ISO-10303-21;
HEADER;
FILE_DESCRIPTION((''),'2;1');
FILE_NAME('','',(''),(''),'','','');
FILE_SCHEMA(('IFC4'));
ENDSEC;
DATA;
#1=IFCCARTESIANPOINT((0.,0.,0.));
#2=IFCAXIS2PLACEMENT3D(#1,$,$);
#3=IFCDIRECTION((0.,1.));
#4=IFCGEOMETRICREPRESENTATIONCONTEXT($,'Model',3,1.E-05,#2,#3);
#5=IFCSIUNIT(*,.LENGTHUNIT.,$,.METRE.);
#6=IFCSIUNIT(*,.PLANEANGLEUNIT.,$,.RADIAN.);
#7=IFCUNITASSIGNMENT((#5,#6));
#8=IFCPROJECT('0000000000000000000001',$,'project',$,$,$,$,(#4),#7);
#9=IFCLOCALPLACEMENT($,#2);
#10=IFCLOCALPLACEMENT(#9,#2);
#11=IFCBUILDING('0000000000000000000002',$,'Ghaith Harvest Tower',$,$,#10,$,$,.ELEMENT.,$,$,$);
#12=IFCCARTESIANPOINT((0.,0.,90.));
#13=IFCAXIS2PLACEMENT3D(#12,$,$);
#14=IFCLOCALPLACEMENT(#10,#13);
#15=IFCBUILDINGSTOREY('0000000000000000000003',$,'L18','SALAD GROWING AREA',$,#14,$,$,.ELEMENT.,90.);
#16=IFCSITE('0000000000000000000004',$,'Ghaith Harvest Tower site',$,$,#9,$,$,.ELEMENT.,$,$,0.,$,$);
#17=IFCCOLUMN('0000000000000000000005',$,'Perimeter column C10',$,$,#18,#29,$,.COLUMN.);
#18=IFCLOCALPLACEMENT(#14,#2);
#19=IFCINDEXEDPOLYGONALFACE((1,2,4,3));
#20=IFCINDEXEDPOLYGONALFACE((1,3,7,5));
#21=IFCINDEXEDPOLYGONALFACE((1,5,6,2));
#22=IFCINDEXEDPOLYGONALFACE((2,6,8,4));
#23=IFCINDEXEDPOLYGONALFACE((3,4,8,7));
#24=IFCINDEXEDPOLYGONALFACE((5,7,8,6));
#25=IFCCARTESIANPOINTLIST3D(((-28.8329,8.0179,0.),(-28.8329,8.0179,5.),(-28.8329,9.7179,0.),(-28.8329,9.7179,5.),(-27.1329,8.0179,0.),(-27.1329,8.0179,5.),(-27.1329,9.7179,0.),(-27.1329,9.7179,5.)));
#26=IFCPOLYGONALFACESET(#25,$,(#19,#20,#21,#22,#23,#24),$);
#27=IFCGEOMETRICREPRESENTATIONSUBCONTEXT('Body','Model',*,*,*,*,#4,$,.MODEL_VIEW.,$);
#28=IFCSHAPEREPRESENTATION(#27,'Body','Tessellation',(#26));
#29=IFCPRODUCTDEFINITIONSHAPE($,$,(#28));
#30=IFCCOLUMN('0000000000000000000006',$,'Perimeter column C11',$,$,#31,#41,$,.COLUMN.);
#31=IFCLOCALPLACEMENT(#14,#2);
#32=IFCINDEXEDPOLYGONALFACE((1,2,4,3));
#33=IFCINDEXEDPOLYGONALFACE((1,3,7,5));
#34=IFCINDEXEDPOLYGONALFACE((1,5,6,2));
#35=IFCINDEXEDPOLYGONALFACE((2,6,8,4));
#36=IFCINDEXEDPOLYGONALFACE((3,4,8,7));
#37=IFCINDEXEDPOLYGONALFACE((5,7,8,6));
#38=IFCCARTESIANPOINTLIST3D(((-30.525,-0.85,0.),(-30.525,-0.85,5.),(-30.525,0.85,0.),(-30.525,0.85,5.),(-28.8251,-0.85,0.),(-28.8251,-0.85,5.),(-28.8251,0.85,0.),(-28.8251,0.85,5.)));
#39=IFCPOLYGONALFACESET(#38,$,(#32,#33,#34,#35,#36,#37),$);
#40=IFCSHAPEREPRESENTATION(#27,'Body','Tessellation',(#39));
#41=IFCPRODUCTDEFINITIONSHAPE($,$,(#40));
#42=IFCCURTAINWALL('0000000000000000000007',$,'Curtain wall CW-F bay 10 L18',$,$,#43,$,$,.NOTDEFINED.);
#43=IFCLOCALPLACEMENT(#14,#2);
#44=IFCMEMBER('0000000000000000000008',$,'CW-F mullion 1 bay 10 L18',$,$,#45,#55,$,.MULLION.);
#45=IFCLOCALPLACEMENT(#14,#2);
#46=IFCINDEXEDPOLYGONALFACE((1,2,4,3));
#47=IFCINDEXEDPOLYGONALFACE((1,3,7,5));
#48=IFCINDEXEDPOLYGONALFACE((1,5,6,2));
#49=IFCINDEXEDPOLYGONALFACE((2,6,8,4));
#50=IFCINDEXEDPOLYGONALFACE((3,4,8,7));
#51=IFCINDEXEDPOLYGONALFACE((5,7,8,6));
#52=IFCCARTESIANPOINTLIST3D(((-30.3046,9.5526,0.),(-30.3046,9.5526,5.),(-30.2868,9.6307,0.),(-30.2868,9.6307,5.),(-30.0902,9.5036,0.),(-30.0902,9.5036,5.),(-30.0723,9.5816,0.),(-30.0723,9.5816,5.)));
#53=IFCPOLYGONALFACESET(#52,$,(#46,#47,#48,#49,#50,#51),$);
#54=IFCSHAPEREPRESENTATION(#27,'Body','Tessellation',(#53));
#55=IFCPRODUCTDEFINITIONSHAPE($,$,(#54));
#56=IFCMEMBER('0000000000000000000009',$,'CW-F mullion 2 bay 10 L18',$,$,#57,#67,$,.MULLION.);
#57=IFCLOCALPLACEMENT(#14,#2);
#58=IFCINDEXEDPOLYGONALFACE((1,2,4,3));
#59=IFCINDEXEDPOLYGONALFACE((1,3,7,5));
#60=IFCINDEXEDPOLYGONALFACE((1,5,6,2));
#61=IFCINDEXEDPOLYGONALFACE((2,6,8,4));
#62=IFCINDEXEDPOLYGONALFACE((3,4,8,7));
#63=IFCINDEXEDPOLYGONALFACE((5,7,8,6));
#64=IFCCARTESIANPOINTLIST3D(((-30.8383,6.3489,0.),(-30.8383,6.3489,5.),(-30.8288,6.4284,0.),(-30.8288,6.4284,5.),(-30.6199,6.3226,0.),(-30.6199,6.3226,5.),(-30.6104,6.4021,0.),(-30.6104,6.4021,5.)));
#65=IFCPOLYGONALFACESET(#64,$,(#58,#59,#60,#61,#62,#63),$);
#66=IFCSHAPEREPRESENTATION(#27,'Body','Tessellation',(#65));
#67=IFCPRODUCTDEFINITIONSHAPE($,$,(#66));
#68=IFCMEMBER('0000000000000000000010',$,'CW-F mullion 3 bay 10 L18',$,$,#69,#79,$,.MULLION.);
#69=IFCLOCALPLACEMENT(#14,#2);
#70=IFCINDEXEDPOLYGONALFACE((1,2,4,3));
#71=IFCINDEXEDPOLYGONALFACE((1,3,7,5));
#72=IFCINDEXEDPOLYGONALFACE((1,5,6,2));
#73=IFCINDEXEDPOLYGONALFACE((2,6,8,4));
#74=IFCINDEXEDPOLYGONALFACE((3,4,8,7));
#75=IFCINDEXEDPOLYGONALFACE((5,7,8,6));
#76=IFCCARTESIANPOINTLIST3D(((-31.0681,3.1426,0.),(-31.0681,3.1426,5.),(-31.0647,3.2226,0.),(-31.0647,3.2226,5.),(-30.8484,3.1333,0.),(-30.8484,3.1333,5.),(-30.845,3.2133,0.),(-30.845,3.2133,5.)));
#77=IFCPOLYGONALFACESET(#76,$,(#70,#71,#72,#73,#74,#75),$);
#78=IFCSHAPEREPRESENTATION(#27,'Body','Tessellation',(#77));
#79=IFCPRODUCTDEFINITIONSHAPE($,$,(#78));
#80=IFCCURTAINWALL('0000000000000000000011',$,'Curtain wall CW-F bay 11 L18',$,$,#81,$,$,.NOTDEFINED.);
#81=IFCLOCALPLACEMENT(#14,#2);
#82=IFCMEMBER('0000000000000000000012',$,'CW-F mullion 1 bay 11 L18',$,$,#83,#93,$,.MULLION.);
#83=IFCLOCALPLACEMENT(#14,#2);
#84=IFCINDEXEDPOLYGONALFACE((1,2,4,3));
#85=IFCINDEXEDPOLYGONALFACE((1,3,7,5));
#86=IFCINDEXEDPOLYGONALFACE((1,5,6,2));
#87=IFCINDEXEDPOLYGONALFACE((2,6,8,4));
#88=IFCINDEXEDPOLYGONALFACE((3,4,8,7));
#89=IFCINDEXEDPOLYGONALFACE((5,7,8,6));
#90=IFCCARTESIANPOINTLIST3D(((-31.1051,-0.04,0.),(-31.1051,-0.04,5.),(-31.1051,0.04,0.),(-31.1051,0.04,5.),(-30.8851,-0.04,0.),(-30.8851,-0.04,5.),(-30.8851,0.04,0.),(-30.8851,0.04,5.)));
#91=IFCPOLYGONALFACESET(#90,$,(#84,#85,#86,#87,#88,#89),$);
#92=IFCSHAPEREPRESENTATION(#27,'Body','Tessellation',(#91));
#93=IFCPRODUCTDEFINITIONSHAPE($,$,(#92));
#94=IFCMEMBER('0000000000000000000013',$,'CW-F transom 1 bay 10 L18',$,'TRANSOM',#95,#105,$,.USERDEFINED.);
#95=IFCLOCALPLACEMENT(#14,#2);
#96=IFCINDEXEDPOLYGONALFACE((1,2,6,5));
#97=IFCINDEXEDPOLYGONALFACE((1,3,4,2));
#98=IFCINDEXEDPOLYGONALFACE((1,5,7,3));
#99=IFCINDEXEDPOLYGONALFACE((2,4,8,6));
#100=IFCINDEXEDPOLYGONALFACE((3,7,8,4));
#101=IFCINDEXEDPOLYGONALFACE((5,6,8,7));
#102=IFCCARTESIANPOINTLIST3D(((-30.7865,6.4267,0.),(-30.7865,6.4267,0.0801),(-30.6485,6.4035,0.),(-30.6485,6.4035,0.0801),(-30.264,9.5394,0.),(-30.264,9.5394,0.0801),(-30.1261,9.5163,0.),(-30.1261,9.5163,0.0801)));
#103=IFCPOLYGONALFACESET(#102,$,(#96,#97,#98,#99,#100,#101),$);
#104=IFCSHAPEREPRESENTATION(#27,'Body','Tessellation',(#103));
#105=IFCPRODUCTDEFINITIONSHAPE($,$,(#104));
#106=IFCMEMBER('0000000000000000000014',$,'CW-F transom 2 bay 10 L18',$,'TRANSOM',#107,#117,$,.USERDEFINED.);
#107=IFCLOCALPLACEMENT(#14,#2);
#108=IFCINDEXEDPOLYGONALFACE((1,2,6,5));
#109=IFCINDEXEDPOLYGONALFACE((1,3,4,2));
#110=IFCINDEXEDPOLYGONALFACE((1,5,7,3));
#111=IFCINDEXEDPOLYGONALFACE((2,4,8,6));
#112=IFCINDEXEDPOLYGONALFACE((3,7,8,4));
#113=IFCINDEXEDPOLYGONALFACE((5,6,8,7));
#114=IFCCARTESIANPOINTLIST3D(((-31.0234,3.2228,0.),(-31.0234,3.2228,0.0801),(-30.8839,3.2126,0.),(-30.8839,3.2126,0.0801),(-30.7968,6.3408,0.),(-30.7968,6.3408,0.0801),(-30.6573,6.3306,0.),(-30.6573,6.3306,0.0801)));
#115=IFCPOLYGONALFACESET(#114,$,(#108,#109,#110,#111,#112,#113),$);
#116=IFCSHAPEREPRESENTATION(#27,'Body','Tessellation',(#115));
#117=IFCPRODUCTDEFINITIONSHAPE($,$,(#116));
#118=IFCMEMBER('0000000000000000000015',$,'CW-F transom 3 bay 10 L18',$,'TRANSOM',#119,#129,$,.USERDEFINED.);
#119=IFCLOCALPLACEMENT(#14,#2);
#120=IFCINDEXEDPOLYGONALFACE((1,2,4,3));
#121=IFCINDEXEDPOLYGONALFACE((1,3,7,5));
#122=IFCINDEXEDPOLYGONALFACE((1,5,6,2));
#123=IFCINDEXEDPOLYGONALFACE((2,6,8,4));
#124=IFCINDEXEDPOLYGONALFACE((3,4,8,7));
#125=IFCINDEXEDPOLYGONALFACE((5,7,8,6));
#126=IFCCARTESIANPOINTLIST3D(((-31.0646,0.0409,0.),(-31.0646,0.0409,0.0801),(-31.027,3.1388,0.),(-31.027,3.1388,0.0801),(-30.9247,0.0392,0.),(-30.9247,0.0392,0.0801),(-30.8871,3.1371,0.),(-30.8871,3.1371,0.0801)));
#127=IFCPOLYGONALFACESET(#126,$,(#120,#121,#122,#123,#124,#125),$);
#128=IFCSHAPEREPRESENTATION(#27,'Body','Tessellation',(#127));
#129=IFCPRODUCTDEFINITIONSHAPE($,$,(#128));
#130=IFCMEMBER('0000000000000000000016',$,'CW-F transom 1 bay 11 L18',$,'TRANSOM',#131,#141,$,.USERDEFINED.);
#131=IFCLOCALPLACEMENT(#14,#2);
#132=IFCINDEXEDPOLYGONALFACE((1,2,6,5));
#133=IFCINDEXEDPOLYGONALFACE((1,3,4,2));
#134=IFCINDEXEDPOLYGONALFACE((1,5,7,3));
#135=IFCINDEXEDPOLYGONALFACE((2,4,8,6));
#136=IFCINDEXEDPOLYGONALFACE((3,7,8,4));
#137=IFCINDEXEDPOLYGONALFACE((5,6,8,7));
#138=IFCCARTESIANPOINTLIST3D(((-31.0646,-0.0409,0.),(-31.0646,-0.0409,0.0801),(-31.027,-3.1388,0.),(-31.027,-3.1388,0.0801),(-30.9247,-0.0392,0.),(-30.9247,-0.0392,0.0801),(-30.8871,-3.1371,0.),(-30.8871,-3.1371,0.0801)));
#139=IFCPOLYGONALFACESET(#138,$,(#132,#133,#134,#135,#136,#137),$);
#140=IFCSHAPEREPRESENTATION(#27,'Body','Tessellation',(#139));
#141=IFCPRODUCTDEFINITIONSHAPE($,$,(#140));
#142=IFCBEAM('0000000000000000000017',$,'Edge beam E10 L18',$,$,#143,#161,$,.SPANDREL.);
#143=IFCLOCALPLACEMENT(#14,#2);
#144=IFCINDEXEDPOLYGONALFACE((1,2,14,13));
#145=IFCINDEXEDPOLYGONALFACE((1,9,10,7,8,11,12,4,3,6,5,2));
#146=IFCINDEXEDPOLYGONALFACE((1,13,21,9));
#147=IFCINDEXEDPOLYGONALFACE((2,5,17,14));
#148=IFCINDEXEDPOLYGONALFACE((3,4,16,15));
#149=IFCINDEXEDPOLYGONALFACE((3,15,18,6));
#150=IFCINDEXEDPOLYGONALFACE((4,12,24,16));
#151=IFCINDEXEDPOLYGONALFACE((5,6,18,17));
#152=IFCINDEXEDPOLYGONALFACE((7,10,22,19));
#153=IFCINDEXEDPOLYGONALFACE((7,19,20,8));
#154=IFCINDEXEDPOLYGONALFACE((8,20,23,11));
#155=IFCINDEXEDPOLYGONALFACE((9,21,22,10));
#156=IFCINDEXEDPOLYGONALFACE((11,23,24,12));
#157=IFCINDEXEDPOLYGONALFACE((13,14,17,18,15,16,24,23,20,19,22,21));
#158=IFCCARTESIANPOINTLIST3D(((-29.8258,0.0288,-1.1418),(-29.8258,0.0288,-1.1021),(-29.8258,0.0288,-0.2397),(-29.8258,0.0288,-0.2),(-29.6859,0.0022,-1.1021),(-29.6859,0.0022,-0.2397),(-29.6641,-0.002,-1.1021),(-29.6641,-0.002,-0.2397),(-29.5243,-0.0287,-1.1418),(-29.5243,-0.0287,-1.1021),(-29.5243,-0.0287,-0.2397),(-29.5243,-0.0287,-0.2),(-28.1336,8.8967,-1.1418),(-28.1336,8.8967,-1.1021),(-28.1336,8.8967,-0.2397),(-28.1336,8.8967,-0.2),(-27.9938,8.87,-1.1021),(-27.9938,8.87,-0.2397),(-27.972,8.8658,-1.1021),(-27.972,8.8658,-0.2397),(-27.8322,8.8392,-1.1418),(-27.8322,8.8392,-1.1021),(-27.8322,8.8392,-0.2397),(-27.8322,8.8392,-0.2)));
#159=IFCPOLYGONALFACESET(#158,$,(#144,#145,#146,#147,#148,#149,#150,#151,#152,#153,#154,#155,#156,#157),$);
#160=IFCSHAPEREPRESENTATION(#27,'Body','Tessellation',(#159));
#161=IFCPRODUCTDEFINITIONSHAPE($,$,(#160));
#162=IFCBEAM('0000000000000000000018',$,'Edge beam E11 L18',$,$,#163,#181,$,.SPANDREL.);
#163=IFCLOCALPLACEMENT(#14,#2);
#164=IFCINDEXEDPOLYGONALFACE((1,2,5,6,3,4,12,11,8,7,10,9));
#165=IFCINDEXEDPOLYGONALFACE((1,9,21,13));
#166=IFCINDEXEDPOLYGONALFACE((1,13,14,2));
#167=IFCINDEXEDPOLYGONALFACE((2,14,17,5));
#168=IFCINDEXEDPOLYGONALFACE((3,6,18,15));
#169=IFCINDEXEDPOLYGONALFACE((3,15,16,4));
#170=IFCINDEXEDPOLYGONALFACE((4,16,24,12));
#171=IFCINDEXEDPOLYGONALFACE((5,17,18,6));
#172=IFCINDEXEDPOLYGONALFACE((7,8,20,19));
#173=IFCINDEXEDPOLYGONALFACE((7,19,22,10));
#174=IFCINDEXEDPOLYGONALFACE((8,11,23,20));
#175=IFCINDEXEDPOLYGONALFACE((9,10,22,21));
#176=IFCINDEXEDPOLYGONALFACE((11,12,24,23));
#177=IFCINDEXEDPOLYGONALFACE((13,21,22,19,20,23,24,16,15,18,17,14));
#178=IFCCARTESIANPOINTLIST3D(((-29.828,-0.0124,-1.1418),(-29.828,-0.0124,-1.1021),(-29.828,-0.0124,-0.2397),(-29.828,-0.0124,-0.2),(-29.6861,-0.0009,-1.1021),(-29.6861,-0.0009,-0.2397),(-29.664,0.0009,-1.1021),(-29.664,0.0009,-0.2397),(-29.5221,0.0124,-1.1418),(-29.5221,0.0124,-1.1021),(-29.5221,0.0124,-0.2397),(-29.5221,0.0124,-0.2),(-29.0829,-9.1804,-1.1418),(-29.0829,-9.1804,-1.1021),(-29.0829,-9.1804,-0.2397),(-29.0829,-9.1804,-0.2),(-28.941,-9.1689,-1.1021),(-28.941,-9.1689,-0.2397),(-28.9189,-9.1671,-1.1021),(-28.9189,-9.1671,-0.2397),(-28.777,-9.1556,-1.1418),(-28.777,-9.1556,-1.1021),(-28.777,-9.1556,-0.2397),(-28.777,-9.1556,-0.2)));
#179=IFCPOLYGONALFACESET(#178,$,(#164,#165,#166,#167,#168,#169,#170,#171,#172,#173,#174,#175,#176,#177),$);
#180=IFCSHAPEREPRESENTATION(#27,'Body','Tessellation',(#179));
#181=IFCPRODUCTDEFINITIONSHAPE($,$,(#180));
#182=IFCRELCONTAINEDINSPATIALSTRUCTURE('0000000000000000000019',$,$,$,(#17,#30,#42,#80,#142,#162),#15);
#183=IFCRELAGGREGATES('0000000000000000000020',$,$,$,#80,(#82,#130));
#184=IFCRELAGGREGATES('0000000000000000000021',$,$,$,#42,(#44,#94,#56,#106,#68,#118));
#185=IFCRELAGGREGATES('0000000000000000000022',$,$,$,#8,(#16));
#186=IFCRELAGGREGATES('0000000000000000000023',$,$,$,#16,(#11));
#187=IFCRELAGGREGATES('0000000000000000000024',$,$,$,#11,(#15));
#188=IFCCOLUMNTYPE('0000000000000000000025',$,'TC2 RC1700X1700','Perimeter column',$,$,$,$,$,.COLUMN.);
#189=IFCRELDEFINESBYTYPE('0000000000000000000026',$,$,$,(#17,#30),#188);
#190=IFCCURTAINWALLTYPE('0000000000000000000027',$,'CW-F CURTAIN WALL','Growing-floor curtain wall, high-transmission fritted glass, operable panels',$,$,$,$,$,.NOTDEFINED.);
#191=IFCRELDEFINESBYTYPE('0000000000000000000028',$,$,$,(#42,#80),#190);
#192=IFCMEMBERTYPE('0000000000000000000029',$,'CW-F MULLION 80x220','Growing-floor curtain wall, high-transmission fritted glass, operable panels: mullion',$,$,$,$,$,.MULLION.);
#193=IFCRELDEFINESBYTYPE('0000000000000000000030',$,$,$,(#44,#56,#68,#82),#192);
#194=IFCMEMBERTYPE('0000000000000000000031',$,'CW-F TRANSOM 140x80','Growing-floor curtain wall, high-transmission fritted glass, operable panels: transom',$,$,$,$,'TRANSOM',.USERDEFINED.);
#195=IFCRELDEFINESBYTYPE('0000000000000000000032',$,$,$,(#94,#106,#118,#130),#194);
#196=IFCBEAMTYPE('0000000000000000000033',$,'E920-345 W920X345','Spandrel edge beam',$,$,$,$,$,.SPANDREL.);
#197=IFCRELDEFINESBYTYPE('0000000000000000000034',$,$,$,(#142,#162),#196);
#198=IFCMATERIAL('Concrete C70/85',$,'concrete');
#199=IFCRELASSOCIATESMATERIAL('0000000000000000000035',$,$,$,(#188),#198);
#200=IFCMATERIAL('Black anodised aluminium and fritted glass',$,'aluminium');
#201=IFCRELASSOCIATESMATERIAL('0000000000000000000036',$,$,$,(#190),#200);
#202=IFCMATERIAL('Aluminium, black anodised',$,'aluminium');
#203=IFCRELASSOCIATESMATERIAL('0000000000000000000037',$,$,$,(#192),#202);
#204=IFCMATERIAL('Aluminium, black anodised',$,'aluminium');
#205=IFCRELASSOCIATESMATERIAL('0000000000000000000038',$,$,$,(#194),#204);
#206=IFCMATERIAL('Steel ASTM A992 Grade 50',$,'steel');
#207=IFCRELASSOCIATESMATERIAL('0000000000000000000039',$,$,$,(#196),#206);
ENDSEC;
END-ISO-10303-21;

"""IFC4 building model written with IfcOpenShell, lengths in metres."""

from ifc_helpers import new_model, si_unit, direction, frame, origin, origin_2d, place, context, subcontext, project, spatial, rectangle, i_section, extrude, material, material_profile, profile_set, type_object, element, aggregate, save


model = new_model("IFC4")

# Units and contexts
model_context = context("Model", 3, precision=1e-05, world=origin(), true_north=direction((0.0, 1.0)))
body_context = subcontext(model_context, "Body", "Model", "MODEL_VIEW")
ifc_project = project(units=[si_unit("LENGTHUNIT", "METRE"), si_unit("PLANEANGLEUNIT", "RADIAN")], contexts=[model_context])

# Site, building, storey
site_placement = place(None, origin())
site = spatial("IfcSite", under=ifc_project, at=site_placement, Name="Ghaith Harvest Tower site", CompositionType="ELEMENT", RefElevation=0.0)
building_placement = place(site_placement, origin())
building = spatial("IfcBuilding", under=site, at=building_placement, Name="Ghaith Harvest Tower", CompositionType="ELEMENT")
storey_placement = place(building_placement, frame((0.0, 0.0, 90.0)))
storey = spatial("IfcBuildingStorey", under=building, at=storey_placement, Name="L18", Description="SALAD GROWING AREA", CompositionType="ELEMENT", Elevation=90.0)

# Columns
ifc_material_1 = material(Name="Concrete C70/85", Category="concrete")
ifc_material_profile_1 = material_profile(ifc_material_1, rectangle(XDim=1.7, YDim=1.7, at=origin_2d()), Name="RC1700X1700")
ifc_profile_set_1 = profile_set([ifc_material_profile_1], Name="Concrete C70/85")
column_type = type_object("IfcColumnType", Name="TC2 RC1700X1700", Description="Perimeter column", PredefinedType="COLUMN", material=ifc_profile_set_1)
for number, where, z_axis, x_axis, name in (
    (1, (-27.9829, 8.8679, 0.0), (0.0, 0.0, 1.0), (1.0, 0.0, 0.0), "Perimeter column C10"),
    (2, (-29.675, 0.0, 0.0), (0.0, 0.0, 1.0), (1.0, 0.0, 0.0), "Perimeter column C11"),
):
    element("IfcColumn", number, at=place(storey_placement, frame(where, z_axis=z_axis, x_axis=x_axis)), inside=storey, type_object=column_type, Name=name, PredefinedType="COLUMN", context=body_context, shape_type="SweptSolid", body=[
        extrude(rectangle(XDim=1.7, YDim=1.7, at=origin_2d()), origin(), (0.0, 0.0, 1.0), 5.0),
    ])

# Curtain wall, members
ifc_material_2 = material(Name="Black anodised aluminium and fritted glass", Category="aluminium")
curtain_wall_type = type_object("IfcCurtainWallType", Name="CW-F CURTAIN WALL", Description="Growing-floor curtain wall, high-transmission fritted glass, operable panels", PredefinedType="NOTDEFINED", material=ifc_material_2)
curtain_wall_1_placement = place(storey_placement, origin())
curtain_wall_1 = element("IfcCurtainWall", 3, at=curtain_wall_1_placement, inside=storey, type_object=curtain_wall_type, Name="Curtain wall CW-F bay 10 L18", PredefinedType="NOTDEFINED")
ifc_material_3 = material(Name="Aluminium, black anodised", Category="aluminium")
ifc_material_profile_2 = material_profile(ifc_material_3, rectangle(XDim=0.0801, YDim=0.22, at=origin_2d()), Name="CW-F MULLION 80x220")
ifc_profile_set_2 = profile_set([ifc_material_profile_2], Name="Aluminium, black anodised")
member_type_1 = type_object("IfcMemberType", Name="CW-F MULLION 80x220", Description="Growing-floor curtain wall, high-transmission fritted glass, operable panels: mullion", PredefinedType="MULLION", material=ifc_profile_set_2)
member_1_placement = place(storey_placement, frame((-30.1885, 9.5671, 0.0), z_axis=(0.0, 0.0, 1.0), x_axis=(-0.222967, -0.974826, 0.0)))
member_1 = element("IfcMember", 4, at=member_1_placement, type_object=member_type_1, Name="CW-F mullion 1 bay 10 L18", PredefinedType="MULLION", context=body_context, shape_type="SweptSolid", body=[
    extrude(rectangle(XDim=0.0801, YDim=0.22, at=origin_2d()), origin(), (0.0, 0.0, 1.0), 5.0),
])
member_2_placement = place(storey_placement, frame((-30.7244, 6.3755, 0.0), z_axis=(0.0, 0.0, 1.0), x_axis=(-0.119353, -0.992852, 0.0)))
member_2 = element("IfcMember", 5, at=member_2_placement, type_object=member_type_1, Name="CW-F mullion 2 bay 10 L18", PredefinedType="MULLION", context=body_context, shape_type="SweptSolid", body=[
    extrude(rectangle(XDim=0.0801, YDim=0.22, at=origin_2d()), origin(), (0.0, 0.0, 1.0), 5.0),
])
member_3_placement = place(storey_placement, frame((-30.9565, 3.178, 0.0), z_axis=(0.0, 0.0, 1.0), x_axis=(-0.042427, -0.9991, 0.0)))
member_3 = element("IfcMember", 6, at=member_3_placement, type_object=member_type_1, Name="CW-F mullion 3 bay 10 L18", PredefinedType="MULLION", context=body_context, shape_type="SweptSolid", body=[
    extrude(rectangle(XDim=0.0801, YDim=0.22, at=origin_2d()), origin(), (0.0, 0.0, 1.0), 5.0),
])

# Curtain wall, member
curtain_wall_2_placement = place(storey_placement, origin())
curtain_wall_2 = element("IfcCurtainWall", 7, at=curtain_wall_2_placement, inside=storey, type_object=curtain_wall_type, Name="Curtain wall CW-F bay 11 L18", PredefinedType="NOTDEFINED")
member_4_placement = place(storey_placement, frame((-30.9951, 0.0, 0.0), z_axis=(0.0, 0.0, 1.0), x_axis=(0.0, -1.0, 0.0)))
member_4 = element("IfcMember", 8, at=member_4_placement, type_object=member_type_1, Name="CW-F mullion 1 bay 11 L18", PredefinedType="MULLION", context=body_context, shape_type="SweptSolid", body=[
    extrude(rectangle(XDim=0.0801, YDim=0.22, at=origin_2d()), origin(), (0.0, 0.0, 1.0), 5.0),
])

# Members
ifc_material_4 = material(Name="Aluminium, black anodised", Category="aluminium")
ifc_material_profile_3 = material_profile(ifc_material_4, rectangle(XDim=0.1399, YDim=0.0801, at=origin_2d()), Name="CW-F TRANSOM 140x80")
ifc_profile_set_3 = profile_set([ifc_material_profile_3], Name="Aluminium, black anodised")
member_type_2 = type_object("IfcMemberType", Name="CW-F TRANSOM 140x80", Description="Growing-floor curtain wall, high-transmission fritted glass, operable panels: transom", ElementType="TRANSOM", PredefinedType="USERDEFINED", material=ifc_profile_set_3)
member_5_placement = place(storey_placement, frame((-30.1951, 9.5278, 0.04), z_axis=(-0.165528, -0.986205, 0.0), x_axis=(0.986205, -0.165528, 0.0)))
member_5 = element("IfcMember", 9, at=member_5_placement, type_object=member_type_2, Name="CW-F transom 1 bay 10 L18", ObjectType="TRANSOM", PredefinedType="USERDEFINED", context=body_context, shape_type="SweptSolid", body=[
    extrude(rectangle(XDim=0.1399, YDim=0.0801, at=origin_2d()), origin(), (0.0, 0.0, 1.0), 3.1562),
])
member_6_placement = place(storey_placement, frame((-30.7271, 6.3357, 0.04), z_axis=(-0.072474, -0.99737, 0.0), x_axis=(0.99737, -0.072474, 0.0)))
member_6 = element("IfcMember", 10, at=member_6_placement, type_object=member_type_2, Name="CW-F transom 2 bay 10 L18", ObjectType="TRANSOM", PredefinedType="USERDEFINED", context=body_context, shape_type="SweptSolid", body=[
    extrude(rectangle(XDim=0.1399, YDim=0.0801, at=origin_2d()), origin(), (0.0, 0.0, 1.0), 3.1262),
])
member_7_placement = place(storey_placement, frame((-30.957, 3.1379, 0.04), z_axis=(-0.012136, -0.999926, 0.0), x_axis=(0.999926, -0.012136, 0.0)))
member_7 = element("IfcMember", 11, at=member_7_placement, type_object=member_type_2, Name="CW-F transom 3 bay 10 L18", ObjectType="TRANSOM", PredefinedType="USERDEFINED", context=body_context, shape_type="SweptSolid", body=[
    extrude(rectangle(XDim=0.1399, YDim=0.0801, at=origin_2d()), origin(), (0.0, 0.0, 1.0), 3.0981),
])
member_8_placement = place(storey_placement, frame((-30.9946, -0.04, 0.04), z_axis=(0.012136, -0.999926, 0.0), x_axis=(0.999926, 0.012136, 0.0)))
member_8 = element("IfcMember", 12, at=member_8_placement, type_object=member_type_2, Name="CW-F transom 1 bay 11 L18", ObjectType="TRANSOM", PredefinedType="USERDEFINED", context=body_context, shape_type="SweptSolid", body=[
    extrude(rectangle(XDim=0.1399, YDim=0.0801, at=origin_2d()), origin(), (0.0, 0.0, 1.0), 3.0981),
])
aggregate(curtain_wall_2, [member_4, member_8])

# Beams
ifc_material_5 = material(Name="Steel ASTM A992 Grade 50", Category="steel")
ifc_material_profile_4 = material_profile(ifc_material_5, i_section(OverallWidth=0.3069, OverallDepth=0.9419, WebThickness=0.0222, FlangeThickness=0.0398, at=origin_2d()), Name="W920X345")
ifc_profile_set_4 = profile_set([ifc_material_profile_4], Name="Steel ASTM A992 Grade 50")
beam_type_1 = type_object("IfcBeamType", Name="E920-345 W920X345", Description="Spandrel edge beam", PredefinedType="SPANDREL", material=ifc_profile_set_4)
beam_1_placement = place(storey_placement, frame((-27.9829, 8.8679, -0.6709), z_axis=(-0.187434, -0.982277, 0.0), x_axis=(0.982277, -0.187434, 0.0)))
element("IfcBeam", 13, at=beam_1_placement, inside=storey, type_object=beam_type_1, Name="Edge beam E10 L18", PredefinedType="SPANDREL", context=body_context, shape_type="SweptSolid", body=[
    extrude(i_section(OverallWidth=0.3069, OverallDepth=0.9419, WebThickness=0.0222, FlangeThickness=0.0398, at=origin_2d()), origin(), (0.0, 0.0, 1.0), 9.0278),
])
beam_2_placement = place(storey_placement, frame((-29.675, 0.0, -0.6709), z_axis=(0.081007, -0.996714, 0.0), x_axis=(0.996714, 0.081007, 0.0)))
element("IfcBeam", 14, at=beam_2_placement, inside=storey, type_object=beam_type_1, Name="Edge beam E11 L18", PredefinedType="SPANDREL", context=body_context, shape_type="SweptSolid", body=[
    extrude(i_section(OverallWidth=0.3069, OverallDepth=0.9419, WebThickness=0.0222, FlangeThickness=0.0398, at=origin_2d()), origin(), (0.0, 0.0, 1.0), 9.1982),
])

aggregate(curtain_wall_1, [member_1, member_5, member_2, member_6, member_3, member_7])

save(model, "model.ifc")
